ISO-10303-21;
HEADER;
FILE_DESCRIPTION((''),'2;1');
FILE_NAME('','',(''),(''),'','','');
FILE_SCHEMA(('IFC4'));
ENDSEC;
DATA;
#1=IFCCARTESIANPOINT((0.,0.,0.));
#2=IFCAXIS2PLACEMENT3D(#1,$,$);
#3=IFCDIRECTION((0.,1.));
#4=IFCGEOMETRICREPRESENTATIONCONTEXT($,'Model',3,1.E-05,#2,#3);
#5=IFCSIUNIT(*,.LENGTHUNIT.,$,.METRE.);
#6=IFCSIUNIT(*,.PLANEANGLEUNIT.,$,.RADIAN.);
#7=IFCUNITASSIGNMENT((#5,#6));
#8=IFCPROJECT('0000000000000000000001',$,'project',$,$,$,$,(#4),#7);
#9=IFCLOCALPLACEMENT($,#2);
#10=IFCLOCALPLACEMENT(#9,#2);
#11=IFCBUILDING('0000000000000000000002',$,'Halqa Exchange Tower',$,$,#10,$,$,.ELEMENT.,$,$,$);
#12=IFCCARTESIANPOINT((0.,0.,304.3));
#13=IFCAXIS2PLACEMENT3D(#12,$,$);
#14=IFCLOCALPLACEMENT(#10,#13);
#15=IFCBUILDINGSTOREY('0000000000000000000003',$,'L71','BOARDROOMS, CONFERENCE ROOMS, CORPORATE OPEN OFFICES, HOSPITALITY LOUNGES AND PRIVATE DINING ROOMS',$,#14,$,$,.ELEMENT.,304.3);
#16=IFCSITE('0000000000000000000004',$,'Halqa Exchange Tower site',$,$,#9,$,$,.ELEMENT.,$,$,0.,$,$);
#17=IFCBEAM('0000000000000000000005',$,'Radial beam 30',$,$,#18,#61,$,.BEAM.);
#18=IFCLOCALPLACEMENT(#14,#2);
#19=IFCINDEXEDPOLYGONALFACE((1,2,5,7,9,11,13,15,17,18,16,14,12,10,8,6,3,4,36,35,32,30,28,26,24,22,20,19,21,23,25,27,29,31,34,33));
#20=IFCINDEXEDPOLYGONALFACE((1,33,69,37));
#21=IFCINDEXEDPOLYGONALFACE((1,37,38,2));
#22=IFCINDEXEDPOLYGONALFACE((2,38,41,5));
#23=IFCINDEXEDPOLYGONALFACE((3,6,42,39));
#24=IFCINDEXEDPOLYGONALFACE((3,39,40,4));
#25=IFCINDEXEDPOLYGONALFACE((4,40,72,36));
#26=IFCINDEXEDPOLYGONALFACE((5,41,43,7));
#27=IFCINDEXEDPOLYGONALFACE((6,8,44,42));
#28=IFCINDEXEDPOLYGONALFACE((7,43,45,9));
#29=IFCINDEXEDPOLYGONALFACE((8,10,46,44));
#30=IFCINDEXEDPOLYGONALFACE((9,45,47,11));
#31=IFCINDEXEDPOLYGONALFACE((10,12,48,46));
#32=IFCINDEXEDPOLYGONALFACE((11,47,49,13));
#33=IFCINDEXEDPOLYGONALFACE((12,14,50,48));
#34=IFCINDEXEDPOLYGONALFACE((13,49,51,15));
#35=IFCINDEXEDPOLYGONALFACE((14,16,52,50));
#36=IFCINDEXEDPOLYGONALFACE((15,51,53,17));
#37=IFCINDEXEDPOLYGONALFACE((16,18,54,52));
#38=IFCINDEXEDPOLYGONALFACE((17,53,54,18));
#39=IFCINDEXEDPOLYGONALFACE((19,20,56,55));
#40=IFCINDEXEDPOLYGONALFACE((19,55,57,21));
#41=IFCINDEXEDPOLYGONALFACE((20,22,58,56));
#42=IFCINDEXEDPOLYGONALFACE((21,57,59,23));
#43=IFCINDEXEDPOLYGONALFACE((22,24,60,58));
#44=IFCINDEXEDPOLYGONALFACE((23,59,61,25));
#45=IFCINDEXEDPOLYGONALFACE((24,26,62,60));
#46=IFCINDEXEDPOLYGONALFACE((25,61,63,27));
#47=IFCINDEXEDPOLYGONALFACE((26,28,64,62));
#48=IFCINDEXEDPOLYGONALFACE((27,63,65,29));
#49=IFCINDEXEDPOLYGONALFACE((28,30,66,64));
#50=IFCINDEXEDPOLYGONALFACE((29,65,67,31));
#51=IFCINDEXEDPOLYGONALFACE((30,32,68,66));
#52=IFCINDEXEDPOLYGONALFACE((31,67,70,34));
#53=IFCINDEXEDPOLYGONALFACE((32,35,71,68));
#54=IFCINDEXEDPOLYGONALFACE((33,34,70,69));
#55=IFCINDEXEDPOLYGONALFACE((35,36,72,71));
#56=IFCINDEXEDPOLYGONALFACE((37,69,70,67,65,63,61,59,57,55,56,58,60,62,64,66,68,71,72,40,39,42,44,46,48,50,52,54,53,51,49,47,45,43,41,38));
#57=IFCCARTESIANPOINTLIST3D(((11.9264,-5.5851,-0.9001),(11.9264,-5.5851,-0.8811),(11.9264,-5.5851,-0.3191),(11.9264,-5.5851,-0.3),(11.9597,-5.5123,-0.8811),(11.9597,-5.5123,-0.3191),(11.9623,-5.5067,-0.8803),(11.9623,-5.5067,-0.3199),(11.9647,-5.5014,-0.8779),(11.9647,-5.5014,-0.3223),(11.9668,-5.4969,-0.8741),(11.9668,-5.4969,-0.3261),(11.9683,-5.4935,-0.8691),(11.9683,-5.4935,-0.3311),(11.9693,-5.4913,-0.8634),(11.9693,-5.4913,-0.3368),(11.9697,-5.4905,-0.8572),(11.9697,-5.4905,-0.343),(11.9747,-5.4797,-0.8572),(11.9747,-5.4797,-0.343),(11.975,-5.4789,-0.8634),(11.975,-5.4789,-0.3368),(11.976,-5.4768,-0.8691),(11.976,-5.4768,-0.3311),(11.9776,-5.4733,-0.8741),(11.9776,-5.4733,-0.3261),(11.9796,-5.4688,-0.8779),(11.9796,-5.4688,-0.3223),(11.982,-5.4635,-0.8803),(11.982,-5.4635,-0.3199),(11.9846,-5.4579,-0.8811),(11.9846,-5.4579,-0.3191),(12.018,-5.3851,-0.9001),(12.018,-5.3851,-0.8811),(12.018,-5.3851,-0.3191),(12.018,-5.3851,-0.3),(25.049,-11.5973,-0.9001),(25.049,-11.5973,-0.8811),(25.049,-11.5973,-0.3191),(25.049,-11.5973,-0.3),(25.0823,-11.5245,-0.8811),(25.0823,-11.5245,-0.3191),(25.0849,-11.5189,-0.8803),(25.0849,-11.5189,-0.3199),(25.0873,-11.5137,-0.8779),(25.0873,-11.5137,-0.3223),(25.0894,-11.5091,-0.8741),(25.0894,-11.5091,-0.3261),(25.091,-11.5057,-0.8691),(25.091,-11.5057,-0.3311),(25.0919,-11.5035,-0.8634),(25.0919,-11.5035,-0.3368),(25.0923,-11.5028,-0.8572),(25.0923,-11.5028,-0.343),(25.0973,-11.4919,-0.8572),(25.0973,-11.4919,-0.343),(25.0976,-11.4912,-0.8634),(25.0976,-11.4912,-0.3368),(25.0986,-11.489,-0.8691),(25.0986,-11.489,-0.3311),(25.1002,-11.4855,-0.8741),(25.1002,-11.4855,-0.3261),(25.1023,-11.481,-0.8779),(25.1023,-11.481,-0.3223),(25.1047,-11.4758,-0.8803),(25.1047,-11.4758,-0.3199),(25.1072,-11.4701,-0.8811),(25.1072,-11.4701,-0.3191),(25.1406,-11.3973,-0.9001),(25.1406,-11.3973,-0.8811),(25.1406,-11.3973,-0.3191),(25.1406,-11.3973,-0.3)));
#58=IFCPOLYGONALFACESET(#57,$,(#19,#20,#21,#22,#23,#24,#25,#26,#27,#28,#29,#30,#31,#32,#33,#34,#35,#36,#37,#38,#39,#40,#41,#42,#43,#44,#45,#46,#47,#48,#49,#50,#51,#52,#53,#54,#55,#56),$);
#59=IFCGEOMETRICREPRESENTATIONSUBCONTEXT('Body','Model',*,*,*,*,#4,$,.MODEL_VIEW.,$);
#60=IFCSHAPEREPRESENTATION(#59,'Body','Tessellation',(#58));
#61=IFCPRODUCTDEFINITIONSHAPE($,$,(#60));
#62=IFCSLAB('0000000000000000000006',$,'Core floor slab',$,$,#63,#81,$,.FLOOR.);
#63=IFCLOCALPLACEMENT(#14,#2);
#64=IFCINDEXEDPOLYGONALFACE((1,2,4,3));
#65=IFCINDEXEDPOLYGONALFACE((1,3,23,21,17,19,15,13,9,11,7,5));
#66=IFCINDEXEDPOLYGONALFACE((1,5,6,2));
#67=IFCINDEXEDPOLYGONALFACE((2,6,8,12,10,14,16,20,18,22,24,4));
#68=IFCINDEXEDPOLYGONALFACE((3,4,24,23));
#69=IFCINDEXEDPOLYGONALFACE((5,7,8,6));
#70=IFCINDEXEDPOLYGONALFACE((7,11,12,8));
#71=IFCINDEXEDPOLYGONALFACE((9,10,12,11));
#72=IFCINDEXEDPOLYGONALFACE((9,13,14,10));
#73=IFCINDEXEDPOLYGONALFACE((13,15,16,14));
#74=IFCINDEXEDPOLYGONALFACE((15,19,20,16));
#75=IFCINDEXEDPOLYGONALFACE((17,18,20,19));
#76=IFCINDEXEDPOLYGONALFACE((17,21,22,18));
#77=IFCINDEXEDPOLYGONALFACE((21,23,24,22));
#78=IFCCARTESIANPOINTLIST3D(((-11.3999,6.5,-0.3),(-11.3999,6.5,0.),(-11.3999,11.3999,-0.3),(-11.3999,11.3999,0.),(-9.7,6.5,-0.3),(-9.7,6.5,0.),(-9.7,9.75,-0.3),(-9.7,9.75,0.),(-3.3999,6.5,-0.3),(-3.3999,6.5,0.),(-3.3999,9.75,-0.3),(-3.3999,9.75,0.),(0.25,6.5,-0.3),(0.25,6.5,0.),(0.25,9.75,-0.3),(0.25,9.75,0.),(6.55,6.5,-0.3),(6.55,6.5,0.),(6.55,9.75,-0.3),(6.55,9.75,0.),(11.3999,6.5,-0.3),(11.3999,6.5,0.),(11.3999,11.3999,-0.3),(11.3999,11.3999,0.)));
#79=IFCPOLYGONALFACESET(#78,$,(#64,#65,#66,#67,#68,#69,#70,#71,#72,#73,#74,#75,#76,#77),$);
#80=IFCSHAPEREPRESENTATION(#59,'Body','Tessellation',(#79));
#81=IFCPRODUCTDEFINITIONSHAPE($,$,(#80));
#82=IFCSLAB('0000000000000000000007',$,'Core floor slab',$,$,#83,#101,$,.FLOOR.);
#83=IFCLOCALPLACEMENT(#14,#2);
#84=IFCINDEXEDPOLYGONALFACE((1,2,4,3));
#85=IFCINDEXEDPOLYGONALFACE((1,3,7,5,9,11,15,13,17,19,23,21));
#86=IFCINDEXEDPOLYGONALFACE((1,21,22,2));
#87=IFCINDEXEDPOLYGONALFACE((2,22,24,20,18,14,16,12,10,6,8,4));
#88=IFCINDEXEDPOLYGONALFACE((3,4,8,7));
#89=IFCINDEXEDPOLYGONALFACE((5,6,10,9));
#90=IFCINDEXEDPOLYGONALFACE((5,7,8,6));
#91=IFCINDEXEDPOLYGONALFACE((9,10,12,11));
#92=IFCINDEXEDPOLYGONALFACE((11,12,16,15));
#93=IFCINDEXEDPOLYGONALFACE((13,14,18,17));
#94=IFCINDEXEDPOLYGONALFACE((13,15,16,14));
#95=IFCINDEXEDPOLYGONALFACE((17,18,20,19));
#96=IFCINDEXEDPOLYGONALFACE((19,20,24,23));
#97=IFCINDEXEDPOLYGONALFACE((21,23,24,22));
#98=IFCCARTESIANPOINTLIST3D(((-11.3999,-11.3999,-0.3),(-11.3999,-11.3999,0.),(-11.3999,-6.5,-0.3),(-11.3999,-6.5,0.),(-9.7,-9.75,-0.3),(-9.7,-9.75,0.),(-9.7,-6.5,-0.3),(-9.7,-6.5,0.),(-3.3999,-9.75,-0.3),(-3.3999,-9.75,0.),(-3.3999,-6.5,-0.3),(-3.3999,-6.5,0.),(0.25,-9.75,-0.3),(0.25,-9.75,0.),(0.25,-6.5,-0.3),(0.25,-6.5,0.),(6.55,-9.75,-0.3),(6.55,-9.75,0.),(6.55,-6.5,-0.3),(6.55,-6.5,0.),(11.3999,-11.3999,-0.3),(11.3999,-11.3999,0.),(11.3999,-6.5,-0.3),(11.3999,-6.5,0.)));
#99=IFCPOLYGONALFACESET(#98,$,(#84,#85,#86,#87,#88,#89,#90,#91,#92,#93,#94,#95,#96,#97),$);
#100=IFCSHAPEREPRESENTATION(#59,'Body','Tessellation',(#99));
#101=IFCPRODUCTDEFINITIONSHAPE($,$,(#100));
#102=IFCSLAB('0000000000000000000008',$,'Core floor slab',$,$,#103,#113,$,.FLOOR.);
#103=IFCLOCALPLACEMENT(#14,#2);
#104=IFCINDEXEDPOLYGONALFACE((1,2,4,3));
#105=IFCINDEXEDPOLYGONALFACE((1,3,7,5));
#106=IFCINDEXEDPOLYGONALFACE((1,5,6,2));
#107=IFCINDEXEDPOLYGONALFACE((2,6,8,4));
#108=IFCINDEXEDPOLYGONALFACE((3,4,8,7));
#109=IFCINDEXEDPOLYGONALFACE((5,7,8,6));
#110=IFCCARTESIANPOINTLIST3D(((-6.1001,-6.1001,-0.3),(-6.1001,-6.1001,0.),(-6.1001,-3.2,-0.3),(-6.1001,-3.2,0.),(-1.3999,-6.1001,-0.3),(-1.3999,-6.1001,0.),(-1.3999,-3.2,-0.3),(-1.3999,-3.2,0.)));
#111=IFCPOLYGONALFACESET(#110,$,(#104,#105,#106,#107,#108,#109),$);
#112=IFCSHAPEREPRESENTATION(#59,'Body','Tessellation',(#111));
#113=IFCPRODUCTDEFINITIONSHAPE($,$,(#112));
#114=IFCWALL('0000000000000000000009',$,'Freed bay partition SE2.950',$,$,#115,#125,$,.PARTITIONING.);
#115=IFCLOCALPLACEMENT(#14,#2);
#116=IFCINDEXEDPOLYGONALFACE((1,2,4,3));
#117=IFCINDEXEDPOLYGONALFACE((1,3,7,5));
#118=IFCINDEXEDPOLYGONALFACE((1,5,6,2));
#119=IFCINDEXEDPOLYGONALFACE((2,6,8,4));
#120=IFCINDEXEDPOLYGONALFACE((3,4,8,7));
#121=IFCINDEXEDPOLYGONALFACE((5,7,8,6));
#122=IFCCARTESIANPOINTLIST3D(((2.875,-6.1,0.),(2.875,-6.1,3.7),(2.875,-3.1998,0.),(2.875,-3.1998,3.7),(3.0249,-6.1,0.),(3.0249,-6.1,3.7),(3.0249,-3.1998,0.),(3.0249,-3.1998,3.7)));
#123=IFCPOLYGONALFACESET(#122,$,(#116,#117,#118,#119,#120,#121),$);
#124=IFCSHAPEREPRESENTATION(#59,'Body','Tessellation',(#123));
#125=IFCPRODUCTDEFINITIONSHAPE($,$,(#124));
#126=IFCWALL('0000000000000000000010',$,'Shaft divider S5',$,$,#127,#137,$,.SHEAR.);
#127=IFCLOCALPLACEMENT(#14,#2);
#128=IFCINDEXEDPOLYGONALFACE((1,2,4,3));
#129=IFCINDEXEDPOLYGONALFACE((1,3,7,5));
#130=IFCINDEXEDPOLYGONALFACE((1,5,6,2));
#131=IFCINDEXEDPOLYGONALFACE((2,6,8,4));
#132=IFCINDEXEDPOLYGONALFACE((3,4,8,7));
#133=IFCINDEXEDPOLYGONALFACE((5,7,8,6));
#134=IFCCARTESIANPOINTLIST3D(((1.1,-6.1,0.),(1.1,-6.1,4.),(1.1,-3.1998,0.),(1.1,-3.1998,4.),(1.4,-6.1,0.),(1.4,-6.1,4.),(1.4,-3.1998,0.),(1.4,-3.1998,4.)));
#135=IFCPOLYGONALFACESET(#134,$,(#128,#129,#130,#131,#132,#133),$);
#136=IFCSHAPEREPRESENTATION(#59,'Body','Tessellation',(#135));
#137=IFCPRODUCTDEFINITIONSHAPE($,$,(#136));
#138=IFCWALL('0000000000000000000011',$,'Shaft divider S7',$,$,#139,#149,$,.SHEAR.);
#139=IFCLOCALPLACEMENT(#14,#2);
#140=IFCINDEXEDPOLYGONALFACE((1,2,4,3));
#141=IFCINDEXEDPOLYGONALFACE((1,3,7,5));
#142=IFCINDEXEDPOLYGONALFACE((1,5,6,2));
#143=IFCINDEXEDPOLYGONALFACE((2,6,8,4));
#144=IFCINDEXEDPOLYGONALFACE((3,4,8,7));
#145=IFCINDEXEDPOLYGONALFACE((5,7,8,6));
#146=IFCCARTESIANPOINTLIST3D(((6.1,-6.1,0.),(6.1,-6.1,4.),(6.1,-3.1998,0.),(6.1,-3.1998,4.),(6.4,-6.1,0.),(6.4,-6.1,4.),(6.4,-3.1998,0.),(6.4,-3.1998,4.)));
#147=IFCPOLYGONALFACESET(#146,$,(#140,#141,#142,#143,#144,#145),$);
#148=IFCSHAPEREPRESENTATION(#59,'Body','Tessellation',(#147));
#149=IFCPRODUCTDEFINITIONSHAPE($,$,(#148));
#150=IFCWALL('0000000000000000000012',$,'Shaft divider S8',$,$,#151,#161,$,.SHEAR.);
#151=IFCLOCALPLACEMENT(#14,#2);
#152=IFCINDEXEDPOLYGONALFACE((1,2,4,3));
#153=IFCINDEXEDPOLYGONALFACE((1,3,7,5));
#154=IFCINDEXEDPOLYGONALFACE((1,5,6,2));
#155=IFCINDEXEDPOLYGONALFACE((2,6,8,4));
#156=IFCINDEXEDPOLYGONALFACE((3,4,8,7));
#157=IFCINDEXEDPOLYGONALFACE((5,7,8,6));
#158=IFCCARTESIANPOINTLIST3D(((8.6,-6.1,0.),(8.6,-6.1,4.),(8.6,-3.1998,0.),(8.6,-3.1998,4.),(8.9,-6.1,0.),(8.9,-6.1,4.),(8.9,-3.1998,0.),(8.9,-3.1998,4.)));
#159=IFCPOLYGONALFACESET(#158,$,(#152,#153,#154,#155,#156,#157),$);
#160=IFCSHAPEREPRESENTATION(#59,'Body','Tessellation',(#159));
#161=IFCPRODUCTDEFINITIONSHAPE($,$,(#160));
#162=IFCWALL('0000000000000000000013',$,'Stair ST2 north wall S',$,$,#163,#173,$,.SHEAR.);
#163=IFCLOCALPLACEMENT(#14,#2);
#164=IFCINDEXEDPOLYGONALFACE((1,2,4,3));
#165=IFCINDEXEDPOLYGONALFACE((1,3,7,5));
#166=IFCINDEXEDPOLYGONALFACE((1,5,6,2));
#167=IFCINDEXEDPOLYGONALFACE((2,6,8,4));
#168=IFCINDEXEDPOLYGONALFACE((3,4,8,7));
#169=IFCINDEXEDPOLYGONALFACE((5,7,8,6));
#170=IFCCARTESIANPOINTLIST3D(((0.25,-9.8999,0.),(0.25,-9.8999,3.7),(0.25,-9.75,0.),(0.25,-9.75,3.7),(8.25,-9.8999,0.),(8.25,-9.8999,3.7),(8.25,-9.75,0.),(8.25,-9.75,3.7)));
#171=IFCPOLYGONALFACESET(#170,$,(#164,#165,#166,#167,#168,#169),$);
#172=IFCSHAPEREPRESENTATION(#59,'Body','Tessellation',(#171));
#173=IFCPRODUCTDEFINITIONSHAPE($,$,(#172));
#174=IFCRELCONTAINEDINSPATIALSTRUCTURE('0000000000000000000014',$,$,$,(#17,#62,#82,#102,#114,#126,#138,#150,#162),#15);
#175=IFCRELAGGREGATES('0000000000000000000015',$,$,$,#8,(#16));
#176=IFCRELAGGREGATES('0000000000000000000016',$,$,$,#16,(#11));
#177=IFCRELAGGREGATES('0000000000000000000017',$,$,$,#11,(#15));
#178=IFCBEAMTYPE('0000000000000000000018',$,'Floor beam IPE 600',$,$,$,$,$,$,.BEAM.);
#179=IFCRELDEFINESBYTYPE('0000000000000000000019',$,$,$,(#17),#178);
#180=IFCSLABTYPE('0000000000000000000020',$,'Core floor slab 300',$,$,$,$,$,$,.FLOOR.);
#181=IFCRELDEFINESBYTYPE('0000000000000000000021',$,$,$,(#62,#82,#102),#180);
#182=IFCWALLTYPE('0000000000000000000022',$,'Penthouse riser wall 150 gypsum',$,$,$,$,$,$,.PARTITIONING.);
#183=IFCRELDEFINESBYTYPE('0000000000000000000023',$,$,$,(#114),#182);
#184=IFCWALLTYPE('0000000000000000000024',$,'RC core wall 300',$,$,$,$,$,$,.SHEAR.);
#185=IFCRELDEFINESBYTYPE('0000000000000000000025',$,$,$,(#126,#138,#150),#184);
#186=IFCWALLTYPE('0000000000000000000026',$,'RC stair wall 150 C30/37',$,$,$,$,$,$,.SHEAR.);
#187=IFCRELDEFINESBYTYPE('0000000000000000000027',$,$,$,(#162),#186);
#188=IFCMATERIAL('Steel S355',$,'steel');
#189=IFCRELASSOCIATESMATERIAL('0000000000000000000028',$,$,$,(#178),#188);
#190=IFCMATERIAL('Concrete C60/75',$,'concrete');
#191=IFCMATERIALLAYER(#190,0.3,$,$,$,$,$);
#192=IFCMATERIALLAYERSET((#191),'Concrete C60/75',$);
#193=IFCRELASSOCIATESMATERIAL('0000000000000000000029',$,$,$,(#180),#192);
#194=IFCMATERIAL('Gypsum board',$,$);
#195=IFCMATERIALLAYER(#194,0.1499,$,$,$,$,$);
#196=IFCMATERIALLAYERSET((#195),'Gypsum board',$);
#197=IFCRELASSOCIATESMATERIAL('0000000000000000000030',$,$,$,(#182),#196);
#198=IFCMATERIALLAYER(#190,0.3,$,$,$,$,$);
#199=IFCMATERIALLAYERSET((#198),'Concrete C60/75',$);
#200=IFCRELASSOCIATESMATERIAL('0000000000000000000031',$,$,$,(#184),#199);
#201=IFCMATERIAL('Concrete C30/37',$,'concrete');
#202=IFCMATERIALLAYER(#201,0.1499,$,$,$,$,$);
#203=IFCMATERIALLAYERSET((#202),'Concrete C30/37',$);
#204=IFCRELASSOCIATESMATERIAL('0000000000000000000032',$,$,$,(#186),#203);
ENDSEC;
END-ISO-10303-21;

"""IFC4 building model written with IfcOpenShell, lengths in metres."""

from ifc_helpers import new_model, si_unit, direction, frame, frame_2d, origin, origin_2d, place, context, subcontext, project, spatial, polyline, rectangle, i_section, outline, extrude, material, layer, layer_set, material_profile, profile_set, type_object, element, save


model = new_model("IFC4")

# Units and contexts
model_context = context("Model", 3, precision=1e-05, world=origin(), true_north=direction((0.0, 1.0)))
body_context = subcontext(model_context, "Body", "Model", "MODEL_VIEW")
ifc_project = project(units=[si_unit("LENGTHUNIT", "METRE"), si_unit("PLANEANGLEUNIT", "RADIAN")], contexts=[model_context])

# Site, building, storey
site_placement = place(None, origin())
site = spatial("IfcSite", under=ifc_project, at=site_placement, Name="Halqa Exchange Tower site", CompositionType="ELEMENT", RefElevation=0.0)
building_placement = place(site_placement, origin())
building = spatial("IfcBuilding", under=site, at=building_placement, Name="Halqa Exchange Tower", CompositionType="ELEMENT")
storey_placement = place(building_placement, frame((0.0, 0.0, 304.3)))
storey = spatial("IfcBuildingStorey", under=building, at=storey_placement, Name="L71", Description="BOARDROOMS, CONFERENCE ROOMS, CORPORATE OPEN OFFICES, HOSPITALITY LOUNGES AND PRIVATE DINING ROOMS", CompositionType="ELEMENT", Elevation=304.3)

# Beam
ifc_material_1 = material(Name="Steel S355", Category="steel")
ifc_material_profile = material_profile(ifc_material_1, i_section(OverallWidth=0.22, OverallDepth=0.6001, WebThickness=0.012, FlangeThickness=0.019, FilletRadius=0.0239, at=origin_2d()), Name="IPE 600")
ifc_profile_set = profile_set([ifc_material_profile], Name="Steel S355")
beam_type = type_object("IfcBeamType", Name="Floor beam IPE 600", PredefinedType="BEAM", material=ifc_profile_set)
beam_placement = place(storey_placement, frame((11.9722, -5.4851, -0.6001), z_axis=(0.909125, -0.416523, 0.0), x_axis=(0.416523, 0.909125, 0.0)))
element("IfcBeam", 1, at=beam_placement, inside=storey, type_object=beam_type, Name="Radial beam 30", PredefinedType="BEAM", context=body_context, shape_type="SweptSolid", body=[
    extrude(i_section(OverallWidth=0.22, OverallDepth=0.6001, WebThickness=0.012, FlangeThickness=0.019, FilletRadius=0.0239, at=origin_2d()), origin(), (0.0, 0.0, 1.0), 14.4343),
])

# Slabs
ifc_material_2 = material(Name="Concrete C60/75", Category="concrete")
ifc_layer_1 = layer(ifc_material_2, 0.3)
ifc_layer_set_1 = layer_set([ifc_layer_1], Name="Concrete C60/75")
slab_type = type_object("IfcSlabType", Name="Core floor slab 300", PredefinedType="FLOOR", material=ifc_layer_set_1)
slab_1_placement = place(storey_placement, frame((0.0, 0.0, -0.3)))
element("IfcSlab", 2, at=slab_1_placement, inside=storey, type_object=slab_type, Name="Core floor slab", PredefinedType="FLOOR", context=body_context, shape_type="SweptSolid", body=[
    extrude(outline(polyline([(-11.3999, 11.3999), (11.3999, 11.3999), (11.3999, 6.5), (6.55, 6.5), (6.55, 9.75), (0.25, 9.75), (0.25, 6.5), (-3.3999, 6.5), (-3.3999, 9.75), (-9.7, 9.75), (-9.7, 6.5), (-11.3999, 6.5), (-11.3999, 11.3999)])), origin(), (0.0, 0.0, 1.0), 0.3),
])
slab_2_placement = place(storey_placement, frame((0.0, 0.0, -0.3)))
element("IfcSlab", 3, at=slab_2_placement, inside=storey, type_object=slab_type, Name="Core floor slab", PredefinedType="FLOOR", context=body_context, shape_type="SweptSolid", body=[
    extrude(outline(polyline([(-11.3999, -6.5), (-9.7, -6.5), (-9.7, -9.75), (-3.3999, -9.75), (-3.3999, -6.5), (0.25, -6.5), (0.25, -9.75), (6.55, -9.75), (6.55, -6.5), (11.3999, -6.5), (11.3999, -11.3999), (-11.3999, -11.3999), (-11.3999, -6.5)])), origin(), (0.0, 0.0, 1.0), 0.3),
])
slab_3_placement = place(storey_placement, frame((0.0, 0.0, -0.3)))
element("IfcSlab", 4, at=slab_3_placement, inside=storey, type_object=slab_type, Name="Core floor slab", PredefinedType="FLOOR", context=body_context, shape_type="SweptSolid", body=[
    extrude(outline(polyline([(-1.3999, -3.2), (-1.3999, -6.1001), (-6.1001, -6.1001), (-6.1001, -3.2), (-1.3999, -3.2)])), origin(), (0.0, 0.0, 1.0), 0.3),
])

# Walls
ifc_material_3 = material(Name="Gypsum board")
ifc_layer_2 = layer(ifc_material_3, 0.1499)
ifc_layer_set_2 = layer_set([ifc_layer_2], Name="Gypsum board")
wall_type_1 = type_object("IfcWallType", Name="Penthouse riser wall 150 gypsum", PredefinedType="PARTITIONING", material=ifc_layer_set_2)
wall_1_placement = place(storey_placement, frame((2.95, -6.1001, 0.0), z_axis=(0.0, 0.0, 1.0), x_axis=(0.0, 1.0, 0.0)))
element("IfcWall", 5, at=wall_1_placement, inside=storey, type_object=wall_type_1, Name="Freed bay partition SE2.950", PredefinedType="PARTITIONING", context=body_context, shape_type="SweptSolid", body=[
    extrude(rectangle(XDim=2.9001, YDim=0.1499, at=frame_2d((1.4502, 0.0))), origin(), (0.0, 0.0, 1.0), 3.7),
])
ifc_layer_3 = layer(ifc_material_2, 0.3)
ifc_layer_set_3 = layer_set([ifc_layer_3], Name="Concrete C60/75")
wall_type_2 = type_object("IfcWallType", Name="RC core wall 300", PredefinedType="SHEAR", material=ifc_layer_set_3)
for number, where, z_axis, x_axis, name in (
    (6, (1.25, -6.1001, 0.0), (0.0, 0.0, 1.0), (0.0, 1.0, 0.0), "Shaft divider S5"),
    (7, (6.25, -6.1001, 0.0), (0.0, 0.0, 1.0), (0.0, 1.0, 0.0), "Shaft divider S7"),
    (8, (8.75, -6.1001, 0.0), (0.0, 0.0, 1.0), (0.0, 1.0, 0.0), "Shaft divider S8"),
):
    element("IfcWall", number, at=place(storey_placement, frame(where, z_axis=z_axis, x_axis=x_axis)), inside=storey, type_object=wall_type_2, Name=name, PredefinedType="SHEAR", context=body_context, shape_type="SweptSolid", body=[
        extrude(rectangle(XDim=2.9001, YDim=0.3, at=frame_2d((1.4502, 0.0))), origin(), (0.0, 0.0, 1.0), 4.0),
    ])
ifc_material_4 = material(Name="Concrete C30/37", Category="concrete")
ifc_layer_4 = layer(ifc_material_4, 0.1499)
ifc_layer_set_4 = layer_set([ifc_layer_4], Name="Concrete C30/37")
wall_type_3 = type_object("IfcWallType", Name="RC stair wall 150 C30/37", PredefinedType="SHEAR", material=ifc_layer_set_4)
wall_2_placement = place(storey_placement, frame((0.25, -9.825, 0.0), z_axis=(0.0, 0.0, 1.0), x_axis=(1.0, 0.0, 0.0)))
element("IfcWall", 9, at=wall_2_placement, inside=storey, type_object=wall_type_3, Name="Stair ST2 north wall S", PredefinedType="SHEAR", context=body_context, shape_type="SweptSolid", body=[
    extrude(rectangle(XDim=8.0, YDim=0.1499, at=frame_2d((4.0, 0.0))), origin(), (0.0, 0.0, 1.0), 3.7),
])

save(model, "model.ifc")
